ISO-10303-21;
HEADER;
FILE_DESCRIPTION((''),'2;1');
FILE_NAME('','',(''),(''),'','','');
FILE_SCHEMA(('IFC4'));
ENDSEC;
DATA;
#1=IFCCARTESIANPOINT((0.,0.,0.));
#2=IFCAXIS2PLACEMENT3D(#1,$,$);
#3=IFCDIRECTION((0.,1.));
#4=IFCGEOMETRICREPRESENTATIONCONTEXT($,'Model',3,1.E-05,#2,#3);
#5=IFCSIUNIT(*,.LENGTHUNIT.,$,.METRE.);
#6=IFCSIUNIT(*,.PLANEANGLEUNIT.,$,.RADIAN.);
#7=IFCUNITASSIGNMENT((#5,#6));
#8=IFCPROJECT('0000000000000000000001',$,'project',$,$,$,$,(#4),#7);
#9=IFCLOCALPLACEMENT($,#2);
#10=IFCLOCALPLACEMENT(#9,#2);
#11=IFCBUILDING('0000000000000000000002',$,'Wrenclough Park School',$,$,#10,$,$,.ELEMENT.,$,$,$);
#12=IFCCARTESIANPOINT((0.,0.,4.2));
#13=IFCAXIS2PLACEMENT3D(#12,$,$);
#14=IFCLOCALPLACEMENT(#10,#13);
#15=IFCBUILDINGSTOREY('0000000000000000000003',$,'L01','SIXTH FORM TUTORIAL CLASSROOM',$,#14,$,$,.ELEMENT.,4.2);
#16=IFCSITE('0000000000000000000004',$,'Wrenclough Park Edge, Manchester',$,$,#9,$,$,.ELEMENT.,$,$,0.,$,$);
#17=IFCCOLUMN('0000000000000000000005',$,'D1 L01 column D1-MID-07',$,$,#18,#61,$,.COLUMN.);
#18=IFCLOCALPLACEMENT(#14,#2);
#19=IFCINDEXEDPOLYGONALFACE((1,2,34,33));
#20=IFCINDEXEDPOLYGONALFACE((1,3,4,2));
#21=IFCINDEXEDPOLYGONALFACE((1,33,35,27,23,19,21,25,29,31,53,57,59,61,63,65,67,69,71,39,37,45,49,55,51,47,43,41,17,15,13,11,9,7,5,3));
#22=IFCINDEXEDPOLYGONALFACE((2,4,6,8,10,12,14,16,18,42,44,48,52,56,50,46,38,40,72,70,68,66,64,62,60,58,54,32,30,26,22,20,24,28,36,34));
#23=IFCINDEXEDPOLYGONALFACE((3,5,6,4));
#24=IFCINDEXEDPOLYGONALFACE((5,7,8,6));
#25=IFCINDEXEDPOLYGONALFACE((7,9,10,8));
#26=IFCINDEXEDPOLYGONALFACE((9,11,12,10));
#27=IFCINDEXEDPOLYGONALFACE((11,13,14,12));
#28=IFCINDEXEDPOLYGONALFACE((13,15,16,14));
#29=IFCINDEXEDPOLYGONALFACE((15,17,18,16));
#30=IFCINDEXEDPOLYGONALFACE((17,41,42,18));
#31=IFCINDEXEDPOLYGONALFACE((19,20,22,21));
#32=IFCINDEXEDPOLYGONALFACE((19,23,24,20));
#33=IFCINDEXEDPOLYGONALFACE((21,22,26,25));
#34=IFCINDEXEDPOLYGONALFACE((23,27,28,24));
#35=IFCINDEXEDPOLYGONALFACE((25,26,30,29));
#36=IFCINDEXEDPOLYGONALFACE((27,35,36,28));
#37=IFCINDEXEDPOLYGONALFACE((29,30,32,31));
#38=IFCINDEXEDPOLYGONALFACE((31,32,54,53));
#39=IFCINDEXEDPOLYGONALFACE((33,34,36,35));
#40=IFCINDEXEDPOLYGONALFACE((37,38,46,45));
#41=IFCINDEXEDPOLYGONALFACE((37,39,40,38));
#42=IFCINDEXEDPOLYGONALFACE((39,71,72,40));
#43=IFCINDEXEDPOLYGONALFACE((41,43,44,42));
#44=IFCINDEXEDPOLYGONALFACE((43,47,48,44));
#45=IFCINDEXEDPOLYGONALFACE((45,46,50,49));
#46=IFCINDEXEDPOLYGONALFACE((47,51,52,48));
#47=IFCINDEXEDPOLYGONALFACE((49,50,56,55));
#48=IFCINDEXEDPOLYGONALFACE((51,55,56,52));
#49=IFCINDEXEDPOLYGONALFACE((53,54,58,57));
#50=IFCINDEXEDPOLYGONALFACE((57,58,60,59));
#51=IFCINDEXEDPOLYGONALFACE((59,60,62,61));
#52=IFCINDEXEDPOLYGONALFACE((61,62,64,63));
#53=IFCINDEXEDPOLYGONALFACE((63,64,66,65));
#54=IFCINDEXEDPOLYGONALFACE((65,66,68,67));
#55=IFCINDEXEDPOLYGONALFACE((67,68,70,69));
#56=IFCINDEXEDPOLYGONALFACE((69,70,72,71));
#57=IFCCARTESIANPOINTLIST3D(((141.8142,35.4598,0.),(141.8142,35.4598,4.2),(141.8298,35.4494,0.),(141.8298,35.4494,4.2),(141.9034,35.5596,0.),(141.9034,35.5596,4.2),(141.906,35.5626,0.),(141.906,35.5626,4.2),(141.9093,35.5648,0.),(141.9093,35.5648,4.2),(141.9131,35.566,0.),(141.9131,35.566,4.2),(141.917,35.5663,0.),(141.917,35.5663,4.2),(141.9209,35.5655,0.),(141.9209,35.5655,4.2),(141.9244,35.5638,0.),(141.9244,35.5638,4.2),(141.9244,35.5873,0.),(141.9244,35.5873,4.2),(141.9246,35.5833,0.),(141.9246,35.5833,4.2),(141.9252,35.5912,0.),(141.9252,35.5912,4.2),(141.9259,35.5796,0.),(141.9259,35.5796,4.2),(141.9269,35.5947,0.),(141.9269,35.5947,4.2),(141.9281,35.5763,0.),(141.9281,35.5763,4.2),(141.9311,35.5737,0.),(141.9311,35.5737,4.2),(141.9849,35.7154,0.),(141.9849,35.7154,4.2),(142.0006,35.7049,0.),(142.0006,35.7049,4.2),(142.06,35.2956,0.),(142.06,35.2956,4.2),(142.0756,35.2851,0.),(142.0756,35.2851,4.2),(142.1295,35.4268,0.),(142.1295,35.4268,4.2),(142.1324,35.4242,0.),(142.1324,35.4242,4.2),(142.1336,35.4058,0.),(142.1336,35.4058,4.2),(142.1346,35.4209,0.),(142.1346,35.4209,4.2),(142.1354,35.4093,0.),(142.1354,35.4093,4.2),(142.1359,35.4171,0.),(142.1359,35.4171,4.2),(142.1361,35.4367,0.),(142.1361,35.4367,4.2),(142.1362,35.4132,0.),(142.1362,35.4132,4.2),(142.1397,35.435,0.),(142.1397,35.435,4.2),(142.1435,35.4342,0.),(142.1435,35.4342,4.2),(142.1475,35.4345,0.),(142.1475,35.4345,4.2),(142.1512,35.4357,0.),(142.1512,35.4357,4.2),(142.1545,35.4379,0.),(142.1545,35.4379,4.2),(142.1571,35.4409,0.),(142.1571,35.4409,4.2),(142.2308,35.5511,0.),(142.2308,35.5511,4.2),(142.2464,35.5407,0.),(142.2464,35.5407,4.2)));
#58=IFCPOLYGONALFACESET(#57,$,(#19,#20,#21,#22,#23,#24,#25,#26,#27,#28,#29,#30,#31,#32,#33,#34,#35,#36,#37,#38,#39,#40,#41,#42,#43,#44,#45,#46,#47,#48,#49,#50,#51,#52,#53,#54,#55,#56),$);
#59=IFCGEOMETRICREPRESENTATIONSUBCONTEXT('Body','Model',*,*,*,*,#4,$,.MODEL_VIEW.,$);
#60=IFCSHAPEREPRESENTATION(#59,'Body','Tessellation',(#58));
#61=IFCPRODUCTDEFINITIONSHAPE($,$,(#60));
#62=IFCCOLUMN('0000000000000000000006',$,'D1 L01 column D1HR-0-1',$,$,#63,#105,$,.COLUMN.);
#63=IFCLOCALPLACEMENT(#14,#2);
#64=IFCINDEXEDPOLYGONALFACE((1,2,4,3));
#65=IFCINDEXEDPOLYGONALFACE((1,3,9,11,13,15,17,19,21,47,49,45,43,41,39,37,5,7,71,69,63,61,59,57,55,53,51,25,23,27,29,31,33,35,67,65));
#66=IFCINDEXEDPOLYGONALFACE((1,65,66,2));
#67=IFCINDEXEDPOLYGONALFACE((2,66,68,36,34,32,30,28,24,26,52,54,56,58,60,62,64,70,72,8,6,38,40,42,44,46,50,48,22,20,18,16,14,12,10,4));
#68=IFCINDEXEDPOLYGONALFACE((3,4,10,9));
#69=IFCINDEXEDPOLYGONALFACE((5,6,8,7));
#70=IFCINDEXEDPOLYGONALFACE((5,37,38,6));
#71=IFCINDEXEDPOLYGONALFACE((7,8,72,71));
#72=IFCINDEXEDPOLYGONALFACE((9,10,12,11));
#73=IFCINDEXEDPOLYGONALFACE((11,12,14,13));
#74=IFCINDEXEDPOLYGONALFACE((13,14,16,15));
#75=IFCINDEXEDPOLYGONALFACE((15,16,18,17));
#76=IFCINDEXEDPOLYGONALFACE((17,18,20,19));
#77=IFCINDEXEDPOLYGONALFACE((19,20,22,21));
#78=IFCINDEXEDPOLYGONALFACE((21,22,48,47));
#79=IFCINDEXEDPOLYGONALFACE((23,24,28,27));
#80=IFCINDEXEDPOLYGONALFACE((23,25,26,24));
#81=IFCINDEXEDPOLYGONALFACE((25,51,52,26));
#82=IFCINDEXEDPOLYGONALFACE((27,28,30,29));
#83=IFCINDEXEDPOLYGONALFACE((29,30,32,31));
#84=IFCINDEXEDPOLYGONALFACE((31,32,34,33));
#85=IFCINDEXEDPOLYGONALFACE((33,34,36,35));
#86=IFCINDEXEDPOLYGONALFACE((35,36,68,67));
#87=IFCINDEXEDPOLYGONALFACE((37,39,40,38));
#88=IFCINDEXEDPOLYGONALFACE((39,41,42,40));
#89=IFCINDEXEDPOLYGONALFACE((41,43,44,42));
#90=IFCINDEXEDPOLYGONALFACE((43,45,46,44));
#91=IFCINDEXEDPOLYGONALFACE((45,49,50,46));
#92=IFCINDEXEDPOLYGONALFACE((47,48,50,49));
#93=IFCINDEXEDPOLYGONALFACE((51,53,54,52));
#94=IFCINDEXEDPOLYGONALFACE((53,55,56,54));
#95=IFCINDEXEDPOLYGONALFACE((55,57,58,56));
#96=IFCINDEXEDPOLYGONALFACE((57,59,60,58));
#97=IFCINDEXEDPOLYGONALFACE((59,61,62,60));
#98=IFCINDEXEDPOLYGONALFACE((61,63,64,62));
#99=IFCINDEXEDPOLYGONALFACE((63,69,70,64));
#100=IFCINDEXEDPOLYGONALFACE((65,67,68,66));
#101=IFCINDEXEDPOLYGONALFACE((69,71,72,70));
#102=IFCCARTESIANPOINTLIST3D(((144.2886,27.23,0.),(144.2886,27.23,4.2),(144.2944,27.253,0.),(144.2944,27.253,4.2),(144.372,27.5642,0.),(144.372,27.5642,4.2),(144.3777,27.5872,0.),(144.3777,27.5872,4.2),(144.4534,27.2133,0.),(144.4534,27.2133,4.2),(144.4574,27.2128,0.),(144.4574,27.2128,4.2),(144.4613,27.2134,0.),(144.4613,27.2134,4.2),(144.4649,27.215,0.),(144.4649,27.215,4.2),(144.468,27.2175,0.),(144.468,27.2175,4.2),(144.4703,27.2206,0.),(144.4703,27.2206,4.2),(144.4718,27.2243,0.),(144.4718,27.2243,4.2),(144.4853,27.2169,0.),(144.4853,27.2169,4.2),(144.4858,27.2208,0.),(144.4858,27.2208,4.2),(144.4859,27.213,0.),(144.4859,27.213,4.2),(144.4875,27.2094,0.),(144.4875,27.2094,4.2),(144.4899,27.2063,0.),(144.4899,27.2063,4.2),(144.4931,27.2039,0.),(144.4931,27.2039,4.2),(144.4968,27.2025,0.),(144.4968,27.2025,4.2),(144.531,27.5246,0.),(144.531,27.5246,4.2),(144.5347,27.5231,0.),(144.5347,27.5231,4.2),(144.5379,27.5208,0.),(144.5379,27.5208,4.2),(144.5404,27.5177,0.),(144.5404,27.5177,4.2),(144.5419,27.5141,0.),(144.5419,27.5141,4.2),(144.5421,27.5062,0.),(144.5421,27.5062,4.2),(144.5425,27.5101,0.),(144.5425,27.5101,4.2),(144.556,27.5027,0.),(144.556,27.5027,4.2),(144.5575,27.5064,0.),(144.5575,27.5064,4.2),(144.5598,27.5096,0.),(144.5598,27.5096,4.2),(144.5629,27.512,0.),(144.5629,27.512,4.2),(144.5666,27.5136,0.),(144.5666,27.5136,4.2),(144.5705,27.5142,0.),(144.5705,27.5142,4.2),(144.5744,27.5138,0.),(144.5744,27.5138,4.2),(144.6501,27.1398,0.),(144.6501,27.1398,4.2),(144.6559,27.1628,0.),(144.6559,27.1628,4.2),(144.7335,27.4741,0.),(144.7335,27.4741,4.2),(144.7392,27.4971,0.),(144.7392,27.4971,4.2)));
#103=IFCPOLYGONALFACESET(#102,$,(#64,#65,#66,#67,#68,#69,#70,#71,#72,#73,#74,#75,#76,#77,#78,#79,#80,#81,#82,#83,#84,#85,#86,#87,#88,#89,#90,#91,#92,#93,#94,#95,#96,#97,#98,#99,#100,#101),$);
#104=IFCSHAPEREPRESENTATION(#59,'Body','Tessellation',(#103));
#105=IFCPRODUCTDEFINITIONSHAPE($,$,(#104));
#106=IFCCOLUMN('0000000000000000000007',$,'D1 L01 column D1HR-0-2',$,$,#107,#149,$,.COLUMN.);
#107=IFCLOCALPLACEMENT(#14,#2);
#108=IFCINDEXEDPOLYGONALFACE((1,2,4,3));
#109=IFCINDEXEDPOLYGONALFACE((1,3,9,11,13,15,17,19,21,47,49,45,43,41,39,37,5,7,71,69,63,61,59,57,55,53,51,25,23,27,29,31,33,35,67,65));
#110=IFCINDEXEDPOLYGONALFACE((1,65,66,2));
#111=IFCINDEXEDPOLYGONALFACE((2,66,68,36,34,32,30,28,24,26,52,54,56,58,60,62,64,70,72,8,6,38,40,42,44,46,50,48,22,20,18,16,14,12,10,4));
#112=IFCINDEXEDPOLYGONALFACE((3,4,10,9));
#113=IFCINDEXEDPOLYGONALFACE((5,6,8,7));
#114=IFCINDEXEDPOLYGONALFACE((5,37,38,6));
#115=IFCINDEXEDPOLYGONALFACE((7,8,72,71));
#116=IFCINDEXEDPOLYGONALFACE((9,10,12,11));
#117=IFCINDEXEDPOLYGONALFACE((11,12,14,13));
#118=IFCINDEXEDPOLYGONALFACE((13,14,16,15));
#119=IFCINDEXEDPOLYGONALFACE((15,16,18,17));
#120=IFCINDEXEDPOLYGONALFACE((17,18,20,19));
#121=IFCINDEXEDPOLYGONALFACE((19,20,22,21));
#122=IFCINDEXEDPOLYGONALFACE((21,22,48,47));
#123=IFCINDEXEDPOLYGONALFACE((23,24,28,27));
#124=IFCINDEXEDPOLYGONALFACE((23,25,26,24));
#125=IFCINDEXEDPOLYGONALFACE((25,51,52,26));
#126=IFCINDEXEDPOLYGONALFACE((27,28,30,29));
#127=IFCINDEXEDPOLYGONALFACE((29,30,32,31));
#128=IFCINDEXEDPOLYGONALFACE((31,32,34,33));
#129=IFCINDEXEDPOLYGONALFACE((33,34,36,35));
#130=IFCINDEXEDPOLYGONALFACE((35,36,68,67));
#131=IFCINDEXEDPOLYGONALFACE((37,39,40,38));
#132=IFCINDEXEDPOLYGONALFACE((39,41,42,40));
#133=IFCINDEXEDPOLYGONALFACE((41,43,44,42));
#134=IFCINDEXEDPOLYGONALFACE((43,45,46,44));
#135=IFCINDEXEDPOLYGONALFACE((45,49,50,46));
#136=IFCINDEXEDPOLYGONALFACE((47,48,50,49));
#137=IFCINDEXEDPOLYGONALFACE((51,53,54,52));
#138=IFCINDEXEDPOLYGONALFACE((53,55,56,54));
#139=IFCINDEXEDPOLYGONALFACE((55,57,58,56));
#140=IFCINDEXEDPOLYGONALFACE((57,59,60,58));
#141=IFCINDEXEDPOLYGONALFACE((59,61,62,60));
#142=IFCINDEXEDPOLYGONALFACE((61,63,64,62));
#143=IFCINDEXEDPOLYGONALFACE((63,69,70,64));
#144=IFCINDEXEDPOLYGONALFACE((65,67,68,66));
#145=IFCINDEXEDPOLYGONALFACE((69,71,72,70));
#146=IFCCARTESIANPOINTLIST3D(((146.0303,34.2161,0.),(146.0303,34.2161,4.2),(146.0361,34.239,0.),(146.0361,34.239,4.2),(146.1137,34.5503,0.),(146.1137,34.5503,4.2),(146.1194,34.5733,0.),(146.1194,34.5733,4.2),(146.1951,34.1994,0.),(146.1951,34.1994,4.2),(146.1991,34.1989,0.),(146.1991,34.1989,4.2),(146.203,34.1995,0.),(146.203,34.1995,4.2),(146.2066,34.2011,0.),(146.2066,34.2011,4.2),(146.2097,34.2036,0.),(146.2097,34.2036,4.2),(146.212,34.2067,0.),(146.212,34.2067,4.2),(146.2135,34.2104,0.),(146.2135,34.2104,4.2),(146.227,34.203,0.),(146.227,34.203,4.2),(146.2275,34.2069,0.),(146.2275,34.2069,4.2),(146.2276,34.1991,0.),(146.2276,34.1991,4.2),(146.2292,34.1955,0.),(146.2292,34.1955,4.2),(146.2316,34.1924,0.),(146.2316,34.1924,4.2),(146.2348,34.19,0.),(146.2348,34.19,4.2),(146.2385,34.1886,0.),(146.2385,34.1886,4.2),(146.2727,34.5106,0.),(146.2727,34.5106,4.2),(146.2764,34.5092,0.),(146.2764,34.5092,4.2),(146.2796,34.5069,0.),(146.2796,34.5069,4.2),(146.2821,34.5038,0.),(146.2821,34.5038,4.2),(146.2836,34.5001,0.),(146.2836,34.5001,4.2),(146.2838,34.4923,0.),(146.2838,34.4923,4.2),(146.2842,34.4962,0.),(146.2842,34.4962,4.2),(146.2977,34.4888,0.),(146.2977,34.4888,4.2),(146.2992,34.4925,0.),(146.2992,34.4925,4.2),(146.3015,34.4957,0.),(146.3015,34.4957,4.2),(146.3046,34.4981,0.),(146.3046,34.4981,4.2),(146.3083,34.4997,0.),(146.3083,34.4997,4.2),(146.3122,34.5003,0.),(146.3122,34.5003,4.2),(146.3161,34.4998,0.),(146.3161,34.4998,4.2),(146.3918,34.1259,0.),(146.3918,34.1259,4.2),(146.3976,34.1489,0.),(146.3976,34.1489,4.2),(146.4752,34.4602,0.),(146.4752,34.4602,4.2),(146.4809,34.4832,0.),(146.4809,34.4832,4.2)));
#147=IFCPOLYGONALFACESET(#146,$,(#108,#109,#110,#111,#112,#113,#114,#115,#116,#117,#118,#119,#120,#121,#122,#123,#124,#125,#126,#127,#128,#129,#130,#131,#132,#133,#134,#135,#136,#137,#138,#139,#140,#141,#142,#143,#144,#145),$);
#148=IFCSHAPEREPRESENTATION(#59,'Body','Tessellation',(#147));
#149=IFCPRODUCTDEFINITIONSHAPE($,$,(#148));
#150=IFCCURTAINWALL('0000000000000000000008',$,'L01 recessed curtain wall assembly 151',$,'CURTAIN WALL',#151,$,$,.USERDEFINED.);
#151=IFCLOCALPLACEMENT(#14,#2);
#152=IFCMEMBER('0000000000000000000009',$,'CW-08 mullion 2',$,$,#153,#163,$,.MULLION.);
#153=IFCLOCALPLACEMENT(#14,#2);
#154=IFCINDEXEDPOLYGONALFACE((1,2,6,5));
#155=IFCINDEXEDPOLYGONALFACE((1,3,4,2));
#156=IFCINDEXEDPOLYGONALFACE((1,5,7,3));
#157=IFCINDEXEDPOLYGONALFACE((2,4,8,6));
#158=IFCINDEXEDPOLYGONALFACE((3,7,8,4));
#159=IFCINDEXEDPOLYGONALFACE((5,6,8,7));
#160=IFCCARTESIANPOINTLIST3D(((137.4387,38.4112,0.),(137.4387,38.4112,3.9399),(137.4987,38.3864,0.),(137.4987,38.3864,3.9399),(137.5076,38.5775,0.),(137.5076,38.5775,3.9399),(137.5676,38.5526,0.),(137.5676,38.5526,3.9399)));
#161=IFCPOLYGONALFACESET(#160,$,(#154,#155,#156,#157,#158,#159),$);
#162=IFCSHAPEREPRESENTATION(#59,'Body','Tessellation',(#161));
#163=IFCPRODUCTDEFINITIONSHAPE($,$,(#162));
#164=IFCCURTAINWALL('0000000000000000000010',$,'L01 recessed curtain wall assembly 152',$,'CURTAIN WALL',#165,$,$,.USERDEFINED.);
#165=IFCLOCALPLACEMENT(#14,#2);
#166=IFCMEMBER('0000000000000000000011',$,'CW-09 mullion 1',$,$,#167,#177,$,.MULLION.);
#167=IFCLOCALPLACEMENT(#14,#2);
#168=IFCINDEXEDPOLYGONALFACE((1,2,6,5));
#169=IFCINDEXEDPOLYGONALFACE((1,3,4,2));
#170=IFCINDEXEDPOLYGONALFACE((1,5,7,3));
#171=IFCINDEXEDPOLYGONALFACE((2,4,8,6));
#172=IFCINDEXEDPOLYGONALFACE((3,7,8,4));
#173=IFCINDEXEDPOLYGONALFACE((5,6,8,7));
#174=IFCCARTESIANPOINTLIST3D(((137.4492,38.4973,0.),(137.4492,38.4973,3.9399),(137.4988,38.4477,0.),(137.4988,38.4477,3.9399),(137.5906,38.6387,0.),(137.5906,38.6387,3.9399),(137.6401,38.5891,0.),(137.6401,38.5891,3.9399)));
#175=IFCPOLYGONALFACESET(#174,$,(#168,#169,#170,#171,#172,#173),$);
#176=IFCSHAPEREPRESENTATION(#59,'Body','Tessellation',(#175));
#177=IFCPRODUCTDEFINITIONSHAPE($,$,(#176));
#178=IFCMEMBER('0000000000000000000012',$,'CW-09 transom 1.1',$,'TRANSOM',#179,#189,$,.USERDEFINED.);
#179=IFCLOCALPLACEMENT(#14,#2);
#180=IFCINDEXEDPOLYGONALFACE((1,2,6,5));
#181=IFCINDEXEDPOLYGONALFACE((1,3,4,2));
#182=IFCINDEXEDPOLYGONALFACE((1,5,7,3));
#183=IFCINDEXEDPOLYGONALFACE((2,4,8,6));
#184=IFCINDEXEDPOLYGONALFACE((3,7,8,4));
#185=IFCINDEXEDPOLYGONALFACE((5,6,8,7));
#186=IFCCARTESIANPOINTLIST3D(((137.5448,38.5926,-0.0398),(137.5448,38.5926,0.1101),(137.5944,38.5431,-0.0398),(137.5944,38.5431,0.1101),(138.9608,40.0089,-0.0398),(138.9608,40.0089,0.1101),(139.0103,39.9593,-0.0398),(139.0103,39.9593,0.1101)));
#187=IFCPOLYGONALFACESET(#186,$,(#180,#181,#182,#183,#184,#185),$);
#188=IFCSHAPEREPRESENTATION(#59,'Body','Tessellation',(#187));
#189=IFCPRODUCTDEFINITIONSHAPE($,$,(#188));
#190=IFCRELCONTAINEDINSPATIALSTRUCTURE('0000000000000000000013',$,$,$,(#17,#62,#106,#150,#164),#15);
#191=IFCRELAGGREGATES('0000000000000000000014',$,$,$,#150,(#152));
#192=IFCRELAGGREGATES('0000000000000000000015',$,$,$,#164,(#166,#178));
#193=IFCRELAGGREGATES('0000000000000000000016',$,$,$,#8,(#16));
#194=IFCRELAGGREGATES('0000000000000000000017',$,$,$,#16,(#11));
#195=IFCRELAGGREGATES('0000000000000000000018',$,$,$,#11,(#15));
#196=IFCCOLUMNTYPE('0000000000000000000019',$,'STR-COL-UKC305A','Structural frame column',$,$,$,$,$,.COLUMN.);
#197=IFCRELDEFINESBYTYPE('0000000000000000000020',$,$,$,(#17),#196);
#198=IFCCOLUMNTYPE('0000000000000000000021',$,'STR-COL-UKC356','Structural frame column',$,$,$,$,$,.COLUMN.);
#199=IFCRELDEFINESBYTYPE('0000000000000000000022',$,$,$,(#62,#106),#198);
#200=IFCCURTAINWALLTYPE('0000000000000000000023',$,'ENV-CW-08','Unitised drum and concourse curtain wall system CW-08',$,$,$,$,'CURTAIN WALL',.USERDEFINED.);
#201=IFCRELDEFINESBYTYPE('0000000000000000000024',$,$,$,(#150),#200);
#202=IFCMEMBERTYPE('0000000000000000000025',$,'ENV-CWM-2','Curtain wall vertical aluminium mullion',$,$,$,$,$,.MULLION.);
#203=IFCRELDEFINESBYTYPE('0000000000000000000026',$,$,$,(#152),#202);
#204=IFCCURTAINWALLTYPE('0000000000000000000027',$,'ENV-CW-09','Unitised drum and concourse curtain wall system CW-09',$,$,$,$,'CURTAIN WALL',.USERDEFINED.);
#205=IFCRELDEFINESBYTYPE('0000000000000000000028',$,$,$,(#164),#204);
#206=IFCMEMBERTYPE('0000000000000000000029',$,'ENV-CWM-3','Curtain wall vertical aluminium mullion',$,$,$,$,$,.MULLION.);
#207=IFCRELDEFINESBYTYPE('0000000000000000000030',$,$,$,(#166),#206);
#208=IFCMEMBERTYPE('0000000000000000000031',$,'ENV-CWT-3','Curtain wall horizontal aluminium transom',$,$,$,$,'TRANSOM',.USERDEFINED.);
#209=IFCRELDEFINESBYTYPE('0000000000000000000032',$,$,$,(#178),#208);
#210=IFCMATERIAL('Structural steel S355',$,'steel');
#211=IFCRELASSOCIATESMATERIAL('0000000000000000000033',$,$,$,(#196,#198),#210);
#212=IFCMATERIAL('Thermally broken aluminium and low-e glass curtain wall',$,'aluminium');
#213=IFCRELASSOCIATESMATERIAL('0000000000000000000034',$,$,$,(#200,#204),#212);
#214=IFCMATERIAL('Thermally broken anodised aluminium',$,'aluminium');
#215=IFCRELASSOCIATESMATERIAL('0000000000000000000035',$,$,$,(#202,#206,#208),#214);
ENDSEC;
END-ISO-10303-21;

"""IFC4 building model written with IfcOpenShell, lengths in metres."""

from ifc_helpers import new_model, si_unit, direction, frame, origin, origin_2d, place, context, subcontext, project, spatial, rectangle, i_section, extrude, material, material_profile, profile_set, type_object, element, aggregate, save


model = new_model("IFC4")

# Units and contexts
model_context = context("Model", 3, precision=1e-05, world=origin(), true_north=direction((0.0, 1.0)))
body_context = subcontext(model_context, "Body", "Model", "MODEL_VIEW")
ifc_project = project(units=[si_unit("LENGTHUNIT", "METRE"), si_unit("PLANEANGLEUNIT", "RADIAN")], contexts=[model_context])

# Site, building, storey
site_placement = place(None, origin())
site = spatial("IfcSite", under=ifc_project, at=site_placement, Name="Wrenclough Park Edge, Manchester", CompositionType="ELEMENT", RefElevation=0.0)
building_placement = place(site_placement, origin())
building = spatial("IfcBuilding", under=site, at=building_placement, Name="Wrenclough Park School", CompositionType="ELEMENT")
storey_placement = place(building_placement, frame((0.0, 0.0, 4.2)))
storey = spatial("IfcBuildingStorey", under=building, at=storey_placement, Name="L01", Description="SIXTH FORM TUTORIAL CLASSROOM", CompositionType="ELEMENT", Elevation=4.2)

# Columns
ifc_material_1 = material(Name="Structural steel S355", Category="steel")
ifc_material_profile_1 = material_profile(ifc_material_1, i_section(OverallWidth=0.3074, OverallDepth=0.3145, WebThickness=0.012, FlangeThickness=0.0188, FilletRadius=0.0151, at=origin_2d()), Name="UKC 305x305x118")
ifc_profile_set_1 = profile_set([ifc_material_profile_1], Name="Structural steel S355")
column_type_1 = type_object("IfcColumnType", Name="STR-COL-UKC305A", Description="Structural frame column", PredefinedType="COLUMN", material=ifc_profile_set_1)
column_placement = place(storey_placement, frame((142.0303, 35.5002, 0.0), z_axis=(0.0, 0.0, 1.0), x_axis=(-0.55557, -0.83147, 0.0)))
element("IfcColumn", 1, at=column_placement, inside=storey, type_object=column_type_1, Name="D1 L01 column D1-MID-07", PredefinedType="COLUMN", context=body_context, shape_type="SweptSolid", body=[
    extrude(i_section(OverallWidth=0.3074, OverallDepth=0.3145, WebThickness=0.012, FlangeThickness=0.0188, FilletRadius=0.0151, at=origin_2d()), origin(), (0.0, 0.0, 1.0), 4.2),
])
ifc_material_profile_2 = material_profile(ifc_material_1, i_section(OverallWidth=0.3726, OverallDepth=0.3682, WebThickness=0.0144, FlangeThickness=0.0237, FilletRadius=0.0151, at=origin_2d()), Name="UKC 356x368x177")
ifc_profile_set_2 = profile_set([ifc_material_profile_2], Name="Structural steel S355")
column_type_2 = type_object("IfcColumnType", Name="STR-COL-UKC356", Description="Structural frame column", PredefinedType="COLUMN", material=ifc_profile_set_2)
for number, where, z_axis, x_axis, name in (
    (2, (144.5139, 27.3635, 0.0), (0.0, 0.0, 1.0), (0.970296, -0.241922, 0.0), "D1 L01 column D1HR-0-1"),
    (3, (146.2556, 34.3496, 0.0), (0.0, 0.0, 1.0), (0.970296, -0.241922, 0.0), "D1 L01 column D1HR-0-2"),
):
    element("IfcColumn", number, at=place(storey_placement, frame(where, z_axis=z_axis, x_axis=x_axis)), inside=storey, type_object=column_type_2, Name=name, PredefinedType="COLUMN", context=body_context, shape_type="SweptSolid", body=[
        extrude(i_section(OverallWidth=0.3726, OverallDepth=0.3682, WebThickness=0.0144, FlangeThickness=0.0237, FilletRadius=0.0151, at=origin_2d()), origin(), (0.0, 0.0, 1.0), 4.2),
    ])

# Curtain wall, member
ifc_material_2 = material(Name="Thermally broken aluminium and low-e glass curtain wall", Category="aluminium")
curtain_wall_type_1 = type_object("IfcCurtainWallType", Name="ENV-CW-08", Description="Unitised drum and concourse curtain wall system CW-08", ElementType="CURTAIN WALL", PredefinedType="USERDEFINED", material=ifc_material_2)
curtain_wall_1_placement = place(storey_placement, origin())
curtain_wall_1 = element("IfcCurtainWall", 4, at=curtain_wall_1_placement, inside=storey, type_object=curtain_wall_type_1, Name="L01 recessed curtain wall assembly 151", ObjectType="CURTAIN WALL", PredefinedType="USERDEFINED")
ifc_material_3 = material(Name="Thermally broken anodised aluminium", Category="aluminium")
ifc_material_profile_3 = material_profile(ifc_material_3, rectangle(XDim=0.0649, YDim=0.1799, at=origin_2d()), Name="AL MULLION 65x180")
ifc_profile_set_3 = profile_set([ifc_material_profile_3], Name="Thermally broken anodised aluminium")
member_type_1 = type_object("IfcMemberType", Name="ENV-CWM-2", Description="Curtain wall vertical aluminium mullion", PredefinedType="MULLION", material=ifc_profile_set_3)
member_1_placement = place(storey_placement, frame((137.5032, 38.4819, 0.0), z_axis=(0.0, 0.0, 1.0), x_axis=(-0.923864, 0.38272, 0.0)))
member_1 = element("IfcMember", 5, at=member_1_placement, type_object=member_type_1, Name="CW-08 mullion 2", PredefinedType="MULLION", context=body_context, shape_type="SweptSolid", body=[
    extrude(rectangle(XDim=0.0649, YDim=0.1799, at=origin_2d()), origin(), (0.0, 0.0, 1.0), 3.9399),
])
aggregate(curtain_wall_1, [member_1])

# Curtain wall, members
curtain_wall_type_2 = type_object("IfcCurtainWallType", Name="ENV-CW-09", Description="Unitised drum and concourse curtain wall system CW-09", ElementType="CURTAIN WALL", PredefinedType="USERDEFINED", material=ifc_material_2)
curtain_wall_2_placement = place(storey_placement, origin())
curtain_wall_2 = element("IfcCurtainWall", 6, at=curtain_wall_2_placement, inside=storey, type_object=curtain_wall_type_2, Name="L01 recessed curtain wall assembly 152", ObjectType="CURTAIN WALL", PredefinedType="USERDEFINED")
ifc_material_profile_4 = material_profile(ifc_material_3, rectangle(XDim=0.0701, YDim=0.2, at=origin_2d()), Name="AL MULLION 70x200")
ifc_profile_set_4 = profile_set([ifc_material_profile_4], Name="Thermally broken anodised aluminium")
member_type_2 = type_object("IfcMemberType", Name="ENV-CWM-3", Description="Curtain wall vertical aluminium mullion", PredefinedType="MULLION", material=ifc_profile_set_4)
member_2_placement = place(storey_placement, frame((137.5447, 38.5432, 0.0), z_axis=(0.0, 0.0, 1.0), x_axis=(-0.707107, 0.707107, 0.0)))
member_2 = element("IfcMember", 7, at=member_2_placement, type_object=member_type_2, Name="CW-09 mullion 1", PredefinedType="MULLION", context=body_context, shape_type="SweptSolid", body=[
    extrude(rectangle(XDim=0.0701, YDim=0.2, at=origin_2d()), origin(), (0.0, 0.0, 1.0), 3.9399),
])
ifc_material_profile_5 = material_profile(ifc_material_3, rectangle(XDim=0.0701, YDim=0.1499, at=origin_2d()), Name="AL TRANSOM 70x150")
ifc_profile_set_5 = profile_set([ifc_material_profile_5], Name="Thermally broken anodised aluminium")
member_type_3 = type_object("IfcMemberType", Name="ENV-CWT-3", Description="Curtain wall horizontal aluminium transom", ElementType="TRANSOM", PredefinedType="USERDEFINED", material=ifc_profile_set_5)
member_3_placement = place(storey_placement, frame((137.5696, 38.5679, 0.0352), z_axis=(0.707046, 0.707168, 0.0), x_axis=(-0.707168, 0.707046, 0.0)))
member_3 = element("IfcMember", 8, at=member_3_placement, type_object=member_type_3, Name="CW-09 transom 1.1", ObjectType="TRANSOM", PredefinedType="USERDEFINED", context=body_context, shape_type="SweptSolid", body=[
    extrude(rectangle(XDim=0.0701, YDim=0.1499, at=origin_2d()), origin(), (0.0, 0.0, 1.0), 2.0027),
])
aggregate(curtain_wall_2, [member_2, member_3])

save(model, "model.ifc")
